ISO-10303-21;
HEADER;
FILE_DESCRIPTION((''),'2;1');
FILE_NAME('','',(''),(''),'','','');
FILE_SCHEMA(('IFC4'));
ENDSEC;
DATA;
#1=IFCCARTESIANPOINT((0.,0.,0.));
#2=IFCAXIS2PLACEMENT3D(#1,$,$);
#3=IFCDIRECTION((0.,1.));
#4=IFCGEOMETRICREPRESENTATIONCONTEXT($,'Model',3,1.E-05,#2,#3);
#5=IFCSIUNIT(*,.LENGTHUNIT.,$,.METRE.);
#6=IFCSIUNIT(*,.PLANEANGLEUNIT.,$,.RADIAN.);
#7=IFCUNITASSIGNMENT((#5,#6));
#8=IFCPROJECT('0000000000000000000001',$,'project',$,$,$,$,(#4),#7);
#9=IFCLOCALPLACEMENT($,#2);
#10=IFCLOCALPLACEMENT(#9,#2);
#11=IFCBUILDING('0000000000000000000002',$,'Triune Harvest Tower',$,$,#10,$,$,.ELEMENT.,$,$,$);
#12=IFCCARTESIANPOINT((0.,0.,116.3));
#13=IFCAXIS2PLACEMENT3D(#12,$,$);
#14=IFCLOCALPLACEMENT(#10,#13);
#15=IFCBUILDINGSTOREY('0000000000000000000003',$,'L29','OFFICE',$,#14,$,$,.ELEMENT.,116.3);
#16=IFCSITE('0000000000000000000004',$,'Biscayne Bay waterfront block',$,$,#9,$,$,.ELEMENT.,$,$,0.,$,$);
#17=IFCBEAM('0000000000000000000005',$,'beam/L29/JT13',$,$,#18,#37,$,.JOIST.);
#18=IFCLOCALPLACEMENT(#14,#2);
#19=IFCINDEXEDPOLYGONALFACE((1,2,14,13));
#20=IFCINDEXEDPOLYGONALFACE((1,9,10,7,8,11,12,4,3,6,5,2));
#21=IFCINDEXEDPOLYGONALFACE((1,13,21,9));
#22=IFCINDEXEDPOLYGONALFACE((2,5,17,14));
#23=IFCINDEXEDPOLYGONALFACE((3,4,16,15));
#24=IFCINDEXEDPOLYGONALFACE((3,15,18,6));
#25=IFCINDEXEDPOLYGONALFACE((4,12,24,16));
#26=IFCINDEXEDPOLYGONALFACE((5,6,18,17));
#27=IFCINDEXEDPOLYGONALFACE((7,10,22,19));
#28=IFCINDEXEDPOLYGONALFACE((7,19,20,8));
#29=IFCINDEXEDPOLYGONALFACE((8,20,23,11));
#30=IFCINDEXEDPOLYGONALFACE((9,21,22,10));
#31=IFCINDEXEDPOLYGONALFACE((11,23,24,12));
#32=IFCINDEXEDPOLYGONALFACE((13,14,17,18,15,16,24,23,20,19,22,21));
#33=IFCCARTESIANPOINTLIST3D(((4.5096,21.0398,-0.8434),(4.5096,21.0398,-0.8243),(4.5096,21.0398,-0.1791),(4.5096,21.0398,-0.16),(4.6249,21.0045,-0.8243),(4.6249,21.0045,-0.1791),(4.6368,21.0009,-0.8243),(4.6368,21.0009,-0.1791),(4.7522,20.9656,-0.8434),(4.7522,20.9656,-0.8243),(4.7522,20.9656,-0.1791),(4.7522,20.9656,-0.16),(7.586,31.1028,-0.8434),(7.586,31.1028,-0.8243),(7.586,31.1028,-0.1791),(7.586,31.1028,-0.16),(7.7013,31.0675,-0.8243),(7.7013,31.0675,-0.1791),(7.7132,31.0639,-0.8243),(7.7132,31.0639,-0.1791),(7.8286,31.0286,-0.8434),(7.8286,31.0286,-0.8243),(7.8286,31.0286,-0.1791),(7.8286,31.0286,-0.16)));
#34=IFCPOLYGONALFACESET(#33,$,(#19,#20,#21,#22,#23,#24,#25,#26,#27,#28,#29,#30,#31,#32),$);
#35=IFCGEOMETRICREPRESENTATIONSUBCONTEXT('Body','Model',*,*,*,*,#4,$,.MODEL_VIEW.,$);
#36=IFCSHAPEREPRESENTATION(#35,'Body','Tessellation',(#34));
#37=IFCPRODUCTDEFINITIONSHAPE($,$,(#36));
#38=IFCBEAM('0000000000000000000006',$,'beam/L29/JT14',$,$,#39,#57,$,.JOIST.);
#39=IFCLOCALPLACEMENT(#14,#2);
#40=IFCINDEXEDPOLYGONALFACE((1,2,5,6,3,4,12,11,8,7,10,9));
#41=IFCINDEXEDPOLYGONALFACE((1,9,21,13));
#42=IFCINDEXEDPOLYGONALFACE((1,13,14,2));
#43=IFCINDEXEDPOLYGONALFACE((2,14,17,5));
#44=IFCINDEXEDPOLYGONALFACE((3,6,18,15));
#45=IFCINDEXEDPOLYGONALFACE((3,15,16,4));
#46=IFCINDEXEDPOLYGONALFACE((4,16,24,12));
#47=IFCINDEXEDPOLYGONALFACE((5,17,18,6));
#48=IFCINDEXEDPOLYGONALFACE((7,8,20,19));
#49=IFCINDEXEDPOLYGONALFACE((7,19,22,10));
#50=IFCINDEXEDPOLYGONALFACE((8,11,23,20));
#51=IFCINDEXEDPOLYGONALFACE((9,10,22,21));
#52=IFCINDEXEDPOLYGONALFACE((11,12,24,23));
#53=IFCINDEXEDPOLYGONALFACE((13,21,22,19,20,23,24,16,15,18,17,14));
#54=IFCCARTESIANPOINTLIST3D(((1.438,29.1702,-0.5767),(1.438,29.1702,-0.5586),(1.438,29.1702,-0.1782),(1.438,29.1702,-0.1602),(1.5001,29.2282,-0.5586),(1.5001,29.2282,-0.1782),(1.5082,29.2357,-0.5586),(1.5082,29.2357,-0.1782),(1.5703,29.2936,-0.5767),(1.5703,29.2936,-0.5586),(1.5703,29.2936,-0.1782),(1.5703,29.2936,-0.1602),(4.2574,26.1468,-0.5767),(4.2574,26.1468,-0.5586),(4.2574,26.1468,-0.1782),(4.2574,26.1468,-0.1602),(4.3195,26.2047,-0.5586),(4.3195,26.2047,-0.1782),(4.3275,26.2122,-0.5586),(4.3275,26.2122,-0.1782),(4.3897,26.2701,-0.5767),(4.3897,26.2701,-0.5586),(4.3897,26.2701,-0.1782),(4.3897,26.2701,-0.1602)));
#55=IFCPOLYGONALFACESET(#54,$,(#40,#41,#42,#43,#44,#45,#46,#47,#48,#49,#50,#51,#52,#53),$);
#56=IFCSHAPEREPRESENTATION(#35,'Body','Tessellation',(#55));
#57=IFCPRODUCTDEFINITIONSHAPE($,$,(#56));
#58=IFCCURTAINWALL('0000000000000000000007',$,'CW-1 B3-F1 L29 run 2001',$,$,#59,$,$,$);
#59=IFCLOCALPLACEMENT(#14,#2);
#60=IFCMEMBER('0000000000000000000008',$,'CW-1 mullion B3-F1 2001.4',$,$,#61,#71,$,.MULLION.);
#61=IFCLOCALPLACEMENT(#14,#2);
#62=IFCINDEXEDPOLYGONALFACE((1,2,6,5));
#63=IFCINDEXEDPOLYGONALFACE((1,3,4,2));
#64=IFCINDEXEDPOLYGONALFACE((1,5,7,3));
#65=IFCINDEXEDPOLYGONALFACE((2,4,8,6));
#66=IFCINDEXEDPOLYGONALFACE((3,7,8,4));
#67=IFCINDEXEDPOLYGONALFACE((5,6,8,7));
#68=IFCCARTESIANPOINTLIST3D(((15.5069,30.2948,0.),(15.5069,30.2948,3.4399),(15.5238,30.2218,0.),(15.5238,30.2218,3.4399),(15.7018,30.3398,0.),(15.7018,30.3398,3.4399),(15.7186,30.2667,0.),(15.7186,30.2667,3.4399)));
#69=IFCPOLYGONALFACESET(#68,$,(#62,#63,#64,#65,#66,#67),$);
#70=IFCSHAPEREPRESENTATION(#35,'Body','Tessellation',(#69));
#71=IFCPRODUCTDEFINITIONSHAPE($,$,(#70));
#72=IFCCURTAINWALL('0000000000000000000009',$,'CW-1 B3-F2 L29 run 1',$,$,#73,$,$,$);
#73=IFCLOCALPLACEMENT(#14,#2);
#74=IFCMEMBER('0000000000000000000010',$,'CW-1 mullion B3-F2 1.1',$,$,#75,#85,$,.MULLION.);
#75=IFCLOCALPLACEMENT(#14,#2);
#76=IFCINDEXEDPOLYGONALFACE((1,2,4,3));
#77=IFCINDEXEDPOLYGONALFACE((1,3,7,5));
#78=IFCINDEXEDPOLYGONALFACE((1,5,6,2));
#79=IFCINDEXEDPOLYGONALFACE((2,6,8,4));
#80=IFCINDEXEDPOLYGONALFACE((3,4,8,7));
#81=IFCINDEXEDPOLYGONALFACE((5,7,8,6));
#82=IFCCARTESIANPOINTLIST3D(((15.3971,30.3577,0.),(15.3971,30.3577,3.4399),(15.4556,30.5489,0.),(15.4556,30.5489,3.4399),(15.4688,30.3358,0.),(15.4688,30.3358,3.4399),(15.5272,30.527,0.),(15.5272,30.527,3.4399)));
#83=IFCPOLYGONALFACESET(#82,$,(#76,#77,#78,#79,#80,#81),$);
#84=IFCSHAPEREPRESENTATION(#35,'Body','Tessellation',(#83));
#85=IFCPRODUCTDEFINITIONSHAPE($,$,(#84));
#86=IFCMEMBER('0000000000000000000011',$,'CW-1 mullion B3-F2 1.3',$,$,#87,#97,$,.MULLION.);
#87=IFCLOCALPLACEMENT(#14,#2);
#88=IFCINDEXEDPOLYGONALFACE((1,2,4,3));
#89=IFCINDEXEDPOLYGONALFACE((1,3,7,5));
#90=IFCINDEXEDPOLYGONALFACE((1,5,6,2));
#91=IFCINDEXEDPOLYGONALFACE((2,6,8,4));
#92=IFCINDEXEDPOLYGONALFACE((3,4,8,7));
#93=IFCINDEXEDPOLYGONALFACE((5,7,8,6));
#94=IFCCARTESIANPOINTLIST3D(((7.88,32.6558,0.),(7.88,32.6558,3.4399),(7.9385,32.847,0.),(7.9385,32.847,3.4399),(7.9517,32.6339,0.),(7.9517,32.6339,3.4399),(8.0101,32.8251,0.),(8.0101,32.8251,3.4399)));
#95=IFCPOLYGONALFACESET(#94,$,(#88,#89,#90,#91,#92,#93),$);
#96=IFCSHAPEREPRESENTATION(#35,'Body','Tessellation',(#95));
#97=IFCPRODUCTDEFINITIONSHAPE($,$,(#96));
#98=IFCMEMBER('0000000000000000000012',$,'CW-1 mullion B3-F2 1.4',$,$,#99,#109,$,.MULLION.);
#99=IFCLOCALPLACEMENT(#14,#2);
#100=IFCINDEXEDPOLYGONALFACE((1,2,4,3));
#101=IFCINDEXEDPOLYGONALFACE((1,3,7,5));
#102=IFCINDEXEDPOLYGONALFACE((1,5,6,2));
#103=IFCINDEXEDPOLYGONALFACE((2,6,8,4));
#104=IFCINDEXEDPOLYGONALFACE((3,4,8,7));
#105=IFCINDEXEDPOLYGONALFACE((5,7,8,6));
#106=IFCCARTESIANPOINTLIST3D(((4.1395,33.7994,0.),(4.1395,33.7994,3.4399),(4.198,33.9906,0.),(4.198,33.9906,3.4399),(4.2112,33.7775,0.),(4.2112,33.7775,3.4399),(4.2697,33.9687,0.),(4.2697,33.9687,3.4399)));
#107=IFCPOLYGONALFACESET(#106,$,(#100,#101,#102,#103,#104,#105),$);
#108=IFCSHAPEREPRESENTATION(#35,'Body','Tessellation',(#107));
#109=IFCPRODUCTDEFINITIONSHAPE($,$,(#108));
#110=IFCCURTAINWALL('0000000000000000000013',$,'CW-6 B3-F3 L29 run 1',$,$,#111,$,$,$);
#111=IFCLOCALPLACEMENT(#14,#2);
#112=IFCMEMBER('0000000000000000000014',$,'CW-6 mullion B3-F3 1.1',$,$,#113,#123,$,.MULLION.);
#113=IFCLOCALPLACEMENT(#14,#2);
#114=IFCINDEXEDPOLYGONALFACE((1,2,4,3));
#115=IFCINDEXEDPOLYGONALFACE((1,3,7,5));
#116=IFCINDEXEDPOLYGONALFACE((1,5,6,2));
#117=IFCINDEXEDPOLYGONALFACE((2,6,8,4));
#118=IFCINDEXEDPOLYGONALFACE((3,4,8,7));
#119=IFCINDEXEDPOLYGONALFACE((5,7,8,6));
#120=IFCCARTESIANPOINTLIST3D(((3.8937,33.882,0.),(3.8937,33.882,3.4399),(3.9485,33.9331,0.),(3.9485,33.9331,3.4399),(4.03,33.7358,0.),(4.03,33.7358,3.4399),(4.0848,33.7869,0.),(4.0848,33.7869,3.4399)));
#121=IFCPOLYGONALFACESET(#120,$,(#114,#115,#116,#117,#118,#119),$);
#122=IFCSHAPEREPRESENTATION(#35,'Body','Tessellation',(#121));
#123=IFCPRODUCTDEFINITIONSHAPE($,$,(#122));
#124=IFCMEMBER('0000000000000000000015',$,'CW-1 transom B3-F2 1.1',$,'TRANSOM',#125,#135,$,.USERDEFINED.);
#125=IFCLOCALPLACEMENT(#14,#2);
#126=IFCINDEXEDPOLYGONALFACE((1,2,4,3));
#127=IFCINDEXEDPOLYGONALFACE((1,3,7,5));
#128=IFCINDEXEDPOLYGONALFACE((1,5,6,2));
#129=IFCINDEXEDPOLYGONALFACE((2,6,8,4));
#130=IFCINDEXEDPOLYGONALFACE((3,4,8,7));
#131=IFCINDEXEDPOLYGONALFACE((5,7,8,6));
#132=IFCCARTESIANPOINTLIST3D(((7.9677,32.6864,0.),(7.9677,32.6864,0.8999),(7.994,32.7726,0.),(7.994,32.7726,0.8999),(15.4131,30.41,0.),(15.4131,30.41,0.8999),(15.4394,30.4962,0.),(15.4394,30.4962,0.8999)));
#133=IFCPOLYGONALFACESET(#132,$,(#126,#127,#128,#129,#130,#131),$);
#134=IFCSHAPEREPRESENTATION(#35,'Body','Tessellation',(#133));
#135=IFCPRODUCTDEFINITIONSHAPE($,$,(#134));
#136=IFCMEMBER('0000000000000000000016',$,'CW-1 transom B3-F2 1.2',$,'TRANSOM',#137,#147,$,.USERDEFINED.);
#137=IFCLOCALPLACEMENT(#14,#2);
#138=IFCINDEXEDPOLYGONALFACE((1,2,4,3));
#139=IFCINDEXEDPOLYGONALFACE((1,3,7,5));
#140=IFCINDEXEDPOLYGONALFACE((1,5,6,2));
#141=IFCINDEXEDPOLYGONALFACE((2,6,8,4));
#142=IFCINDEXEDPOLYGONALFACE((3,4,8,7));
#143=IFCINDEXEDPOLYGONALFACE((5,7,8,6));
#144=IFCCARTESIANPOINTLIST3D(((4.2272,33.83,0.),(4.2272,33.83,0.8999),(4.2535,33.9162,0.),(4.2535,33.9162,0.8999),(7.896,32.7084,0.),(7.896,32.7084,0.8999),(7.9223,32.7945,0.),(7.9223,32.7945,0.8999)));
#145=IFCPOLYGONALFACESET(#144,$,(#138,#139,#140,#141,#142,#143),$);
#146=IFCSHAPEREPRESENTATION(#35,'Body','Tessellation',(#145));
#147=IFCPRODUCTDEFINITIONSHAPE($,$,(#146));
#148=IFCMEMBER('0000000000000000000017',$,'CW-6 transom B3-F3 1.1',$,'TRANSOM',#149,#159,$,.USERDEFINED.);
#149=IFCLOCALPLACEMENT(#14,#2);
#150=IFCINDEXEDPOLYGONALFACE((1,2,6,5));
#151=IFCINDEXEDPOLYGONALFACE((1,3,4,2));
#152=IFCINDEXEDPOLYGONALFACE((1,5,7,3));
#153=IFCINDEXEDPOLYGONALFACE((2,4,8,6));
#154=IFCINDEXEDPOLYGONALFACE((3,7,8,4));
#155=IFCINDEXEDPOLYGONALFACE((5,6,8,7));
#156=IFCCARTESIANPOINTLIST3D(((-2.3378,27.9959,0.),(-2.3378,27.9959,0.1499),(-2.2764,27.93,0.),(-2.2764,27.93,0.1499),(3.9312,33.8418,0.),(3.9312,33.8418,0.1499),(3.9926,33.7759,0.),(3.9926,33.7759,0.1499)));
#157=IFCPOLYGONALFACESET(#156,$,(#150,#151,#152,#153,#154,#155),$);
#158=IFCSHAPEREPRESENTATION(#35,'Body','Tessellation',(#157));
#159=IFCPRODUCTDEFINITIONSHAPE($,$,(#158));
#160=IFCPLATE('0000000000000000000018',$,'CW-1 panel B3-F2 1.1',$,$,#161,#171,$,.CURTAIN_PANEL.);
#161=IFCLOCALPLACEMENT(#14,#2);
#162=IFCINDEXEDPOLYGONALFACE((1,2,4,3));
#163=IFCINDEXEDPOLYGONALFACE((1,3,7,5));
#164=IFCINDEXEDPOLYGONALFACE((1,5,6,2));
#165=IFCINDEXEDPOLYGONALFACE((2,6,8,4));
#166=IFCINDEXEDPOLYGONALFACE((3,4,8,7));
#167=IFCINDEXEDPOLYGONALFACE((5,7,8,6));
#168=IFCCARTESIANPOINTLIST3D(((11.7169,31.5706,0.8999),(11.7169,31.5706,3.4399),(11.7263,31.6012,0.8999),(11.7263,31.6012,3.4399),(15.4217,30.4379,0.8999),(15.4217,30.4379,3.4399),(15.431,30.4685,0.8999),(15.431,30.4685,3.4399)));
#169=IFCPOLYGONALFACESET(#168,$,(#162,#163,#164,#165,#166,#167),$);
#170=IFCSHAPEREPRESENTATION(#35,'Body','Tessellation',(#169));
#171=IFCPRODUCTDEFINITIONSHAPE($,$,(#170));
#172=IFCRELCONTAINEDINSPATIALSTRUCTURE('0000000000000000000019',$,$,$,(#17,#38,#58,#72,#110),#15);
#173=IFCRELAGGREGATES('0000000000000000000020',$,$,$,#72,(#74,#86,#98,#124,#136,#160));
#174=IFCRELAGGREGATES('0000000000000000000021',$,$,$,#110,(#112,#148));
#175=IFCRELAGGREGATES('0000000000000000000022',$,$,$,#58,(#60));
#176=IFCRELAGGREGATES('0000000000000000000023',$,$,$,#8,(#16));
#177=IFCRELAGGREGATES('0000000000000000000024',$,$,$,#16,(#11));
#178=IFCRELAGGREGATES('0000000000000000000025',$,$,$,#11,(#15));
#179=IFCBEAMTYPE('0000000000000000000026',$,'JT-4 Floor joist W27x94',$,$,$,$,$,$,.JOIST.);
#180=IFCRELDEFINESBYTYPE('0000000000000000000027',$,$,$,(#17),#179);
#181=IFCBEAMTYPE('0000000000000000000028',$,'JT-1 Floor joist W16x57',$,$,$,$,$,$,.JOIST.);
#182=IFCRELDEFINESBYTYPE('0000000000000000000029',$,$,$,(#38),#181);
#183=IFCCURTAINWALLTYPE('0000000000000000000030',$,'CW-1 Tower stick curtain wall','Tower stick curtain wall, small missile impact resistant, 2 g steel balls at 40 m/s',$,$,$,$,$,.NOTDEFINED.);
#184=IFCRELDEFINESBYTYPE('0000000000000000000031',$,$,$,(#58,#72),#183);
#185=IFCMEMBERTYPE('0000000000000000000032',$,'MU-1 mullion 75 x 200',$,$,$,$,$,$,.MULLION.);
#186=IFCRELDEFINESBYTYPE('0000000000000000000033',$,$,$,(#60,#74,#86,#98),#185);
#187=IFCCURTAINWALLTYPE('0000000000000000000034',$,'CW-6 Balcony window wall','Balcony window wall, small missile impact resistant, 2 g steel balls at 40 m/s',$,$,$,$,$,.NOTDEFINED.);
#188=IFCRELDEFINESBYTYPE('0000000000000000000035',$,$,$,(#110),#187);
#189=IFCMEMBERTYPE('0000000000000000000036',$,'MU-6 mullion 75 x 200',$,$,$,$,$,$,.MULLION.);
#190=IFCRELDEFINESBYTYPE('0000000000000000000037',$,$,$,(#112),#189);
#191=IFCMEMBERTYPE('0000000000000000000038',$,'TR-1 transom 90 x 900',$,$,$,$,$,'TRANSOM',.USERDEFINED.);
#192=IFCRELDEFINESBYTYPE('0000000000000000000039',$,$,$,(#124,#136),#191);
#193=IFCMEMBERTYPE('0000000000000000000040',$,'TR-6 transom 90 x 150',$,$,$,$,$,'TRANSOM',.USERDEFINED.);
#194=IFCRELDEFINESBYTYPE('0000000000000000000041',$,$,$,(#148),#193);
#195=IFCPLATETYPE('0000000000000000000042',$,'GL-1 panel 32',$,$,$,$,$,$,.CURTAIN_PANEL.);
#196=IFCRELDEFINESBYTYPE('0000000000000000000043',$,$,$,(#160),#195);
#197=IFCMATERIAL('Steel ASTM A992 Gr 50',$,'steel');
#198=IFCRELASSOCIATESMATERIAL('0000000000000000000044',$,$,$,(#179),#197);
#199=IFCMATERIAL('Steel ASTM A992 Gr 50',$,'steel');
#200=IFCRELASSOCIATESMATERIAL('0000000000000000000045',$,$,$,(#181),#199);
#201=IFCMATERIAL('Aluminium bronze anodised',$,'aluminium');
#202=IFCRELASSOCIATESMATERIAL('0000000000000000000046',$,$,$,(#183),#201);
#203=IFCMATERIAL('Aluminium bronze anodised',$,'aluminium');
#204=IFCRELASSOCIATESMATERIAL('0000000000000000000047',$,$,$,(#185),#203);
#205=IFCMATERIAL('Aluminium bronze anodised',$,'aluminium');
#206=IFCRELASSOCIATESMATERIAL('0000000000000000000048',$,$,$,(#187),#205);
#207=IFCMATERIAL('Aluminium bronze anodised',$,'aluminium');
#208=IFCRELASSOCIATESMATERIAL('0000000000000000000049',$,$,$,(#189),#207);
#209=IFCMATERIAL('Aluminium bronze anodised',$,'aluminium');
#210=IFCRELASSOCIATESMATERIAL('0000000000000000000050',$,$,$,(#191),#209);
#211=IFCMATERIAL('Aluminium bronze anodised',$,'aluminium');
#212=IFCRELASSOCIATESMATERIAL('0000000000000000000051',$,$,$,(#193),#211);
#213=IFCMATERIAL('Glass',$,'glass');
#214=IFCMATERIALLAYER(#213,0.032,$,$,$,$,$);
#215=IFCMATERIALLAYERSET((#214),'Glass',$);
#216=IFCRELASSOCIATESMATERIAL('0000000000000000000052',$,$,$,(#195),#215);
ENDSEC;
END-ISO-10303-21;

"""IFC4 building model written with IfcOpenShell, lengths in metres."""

from ifc_helpers import new_model, si_unit, direction, frame, origin, origin_2d, place, context, subcontext, project, spatial, rectangle, i_section, extrude, source, transform, mapped, material, layer, layer_set, material_profile, profile_set, type_object, element, aggregate, save


model = new_model("IFC4")

# Units and contexts
model_context = context("Model", 3, precision=1e-05, world=origin(), true_north=direction((0.0, 1.0)))
body_context = subcontext(model_context, "Body", "Model", "MODEL_VIEW")
ifc_project = project(units=[si_unit("LENGTHUNIT", "METRE"), si_unit("PLANEANGLEUNIT", "RADIAN")], contexts=[model_context])

# Site, building, storey
site_placement = place(None, origin())
site = spatial("IfcSite", under=ifc_project, at=site_placement, Name="Biscayne Bay waterfront block", CompositionType="ELEMENT", RefElevation=0.0)
building_placement = place(site_placement, origin())
building = spatial("IfcBuilding", under=site, at=building_placement, Name="Triune Harvest Tower", CompositionType="ELEMENT")
storey_placement = place(building_placement, frame((0.0, 0.0, 116.3)))
storey = spatial("IfcBuildingStorey", under=building, at=storey_placement, Name="L29", Description="OFFICE", CompositionType="ELEMENT", Elevation=116.3)

# Beams
ifc_material_1 = material(Name="Steel ASTM A992 Gr 50", Category="steel")
ifc_material_profile_1 = material_profile(ifc_material_1, i_section(OverallWidth=0.2537, OverallDepth=0.6833, WebThickness=0.0125, FlangeThickness=0.019, at=origin_2d()), Name="W27x94")
ifc_profile_set_1 = profile_set([ifc_material_profile_1], Name="Steel ASTM A992 Gr 50")
beam_type_1 = type_object("IfcBeamType", Name="JT-4 Floor joist W27x94", PredefinedType="JOIST", material=ifc_profile_set_1)
shared_shape_1 = source(origin(), body_context, "Body", "SweptSolid", [
    extrude(i_section(OverallWidth=0.2537, OverallDepth=0.6833, WebThickness=0.0125, FlangeThickness=0.019, at=origin_2d()), origin(), (0.0, 0.0, 1.0), 10.5227),
])
beam_1_placement = place(storey_placement, frame((7.7073, 31.0657, -0.5017), z_axis=(-0.292359, -0.956309, 0.0), x_axis=(0.956309, -0.292359, 0.0)))
element("IfcBeam", 1, at=beam_1_placement, inside=storey, type_object=beam_type_1, Name="beam/L29/JT13", PredefinedType="JOIST", context=body_context, shape_type="MappedRepresentation", body=[
    mapped(shared_shape_1, transform((0.0, 0.0, 0.0), scale=1.0)),
])
ifc_material_2 = material(Name="Steel ASTM A992 Gr 50", Category="steel")
ifc_material_profile_2 = material_profile(ifc_material_2, i_section(OverallWidth=0.1809, OverallDepth=0.4165, WebThickness=0.011, FlangeThickness=0.0181, at=origin_2d()), Name="W16x57")
ifc_profile_set_2 = profile_set([ifc_material_profile_2], Name="Steel ASTM A992 Gr 50")
beam_type_2 = type_object("IfcBeamType", Name="JT-1 Floor joist W16x57", PredefinedType="JOIST", material=ifc_profile_set_2)
shared_shape_2 = source(origin(), body_context, "Body", "SweptSolid", [
    extrude(i_section(OverallWidth=0.1809, OverallDepth=0.4165, WebThickness=0.011, FlangeThickness=0.0181, at=origin_2d()), origin(), (0.0, 0.0, 1.0), 4.134),
])
beam_2_placement = place(storey_placement, frame((1.5042, 29.2319, -0.3684), z_axis=(0.68199, -0.731362, 0.0), x_axis=(0.731362, 0.68199, 0.0)))
element("IfcBeam", 2, at=beam_2_placement, inside=storey, type_object=beam_type_2, Name="beam/L29/JT14", PredefinedType="JOIST", context=body_context, shape_type="MappedRepresentation", body=[
    mapped(shared_shape_2, transform((0.0, 0.0, 0.0), scale=1.0)),
])

# Curtain wall, member
ifc_material_3 = material(Name="Aluminium bronze anodised", Category="aluminium")
curtain_wall_type_1 = type_object("IfcCurtainWallType", Name="CW-1 Tower stick curtain wall", Description="Tower stick curtain wall, small missile impact resistant, 2 g steel balls at 40 m/s", PredefinedType="NOTDEFINED", material=ifc_material_3)
curtain_wall_1_placement = place(storey_placement, origin())
curtain_wall_1 = element("IfcCurtainWall", 3, at=curtain_wall_1_placement, inside=storey, type_object=curtain_wall_type_1, Name="CW-1 B3-F1 L29 run 2001")
ifc_material_4 = material(Name="Aluminium bronze anodised", Category="aluminium")
ifc_material_profile_3 = material_profile(ifc_material_4, rectangle(XDim=0.2, YDim=0.075, at=origin_2d()), Name="MU-1 mullion 75 x 200")
ifc_profile_set_3 = profile_set([ifc_material_profile_3], Name="Aluminium bronze anodised")
member_type_1 = type_object("IfcMemberType", Name="MU-1 mullion 75 x 200", PredefinedType="MULLION", material=ifc_profile_set_3)
shared_shape_3 = source(origin(), body_context, "Body", "SweptSolid", [
    extrude(rectangle(XDim=0.2, YDim=0.075, at=origin_2d()), origin(), (0.0, 0.0, 1.0), 3.4399),
])
member_1_placement = place(storey_placement, frame((15.6128, 30.2808, 0.0), z_axis=(0.0, 0.0, 1.0), x_axis=(-0.97437, -0.224951, 0.0)))
member_1 = element("IfcMember", 4, at=member_1_placement, type_object=member_type_1, Name="CW-1 mullion B3-F1 2001.4", PredefinedType="MULLION", context=body_context, shape_type="MappedRepresentation", body=[
    mapped(shared_shape_3, transform((0.0, 0.0, 0.0), scale=1.0)),
])

# Curtain wall, members
curtain_wall_2_placement = place(storey_placement, origin())
curtain_wall_2 = element("IfcCurtainWall", 5, at=curtain_wall_2_placement, inside=storey, type_object=curtain_wall_type_1, Name="CW-1 B3-F2 L29 run 1")
member_2_placement = place(storey_placement, frame((15.4622, 30.4424, 0.0), z_axis=(0.0, 0.0, 1.0), x_axis=(-0.292377, -0.956303, 0.0)))
member_2 = element("IfcMember", 6, at=member_2_placement, type_object=member_type_1, Name="CW-1 mullion B3-F2 1.1", PredefinedType="MULLION", context=body_context, shape_type="MappedRepresentation", body=[
    mapped(shared_shape_3, transform((0.0, 0.0, 0.0), scale=1.0)),
])
member_3_placement = place(storey_placement, frame((7.9451, 32.7405, 0.0), z_axis=(0.0, 0.0, 1.0), x_axis=(-0.292377, -0.956303, 0.0)))
member_3 = element("IfcMember", 7, at=member_3_placement, type_object=member_type_1, Name="CW-1 mullion B3-F2 1.3", PredefinedType="MULLION", context=body_context, shape_type="MappedRepresentation", body=[
    mapped(shared_shape_3, transform((0.0, 0.0, 0.0), scale=1.0)),
])
member_4_placement = place(storey_placement, frame((4.2046, 33.884, 0.0), z_axis=(0.0, 0.0, 1.0), x_axis=(-0.292377, -0.956303, 0.0)))
member_4 = element("IfcMember", 8, at=member_4_placement, type_object=member_type_1, Name="CW-1 mullion B3-F2 1.4", PredefinedType="MULLION", context=body_context, shape_type="MappedRepresentation", body=[
    mapped(shared_shape_3, transform((0.0, 0.0, 0.0), scale=1.0)),
])

# Curtain wall, member
ifc_material_5 = material(Name="Aluminium bronze anodised", Category="aluminium")
curtain_wall_type_2 = type_object("IfcCurtainWallType", Name="CW-6 Balcony window wall", Description="Balcony window wall, small missile impact resistant, 2 g steel balls at 40 m/s", PredefinedType="NOTDEFINED", material=ifc_material_5)
curtain_wall_3_placement = place(storey_placement, origin())
curtain_wall_3 = element("IfcCurtainWall", 9, at=curtain_wall_3_placement, inside=storey, type_object=curtain_wall_type_2, Name="CW-6 B3-F3 L29 run 1")
ifc_material_6 = material(Name="Aluminium bronze anodised", Category="aluminium")
ifc_material_profile_4 = material_profile(ifc_material_6, rectangle(XDim=0.2, YDim=0.075, at=origin_2d()), Name="MU-6 mullion 75 x 200")
ifc_profile_set_4 = profile_set([ifc_material_profile_4], Name="Aluminium bronze anodised")
member_type_2 = type_object("IfcMemberType", Name="MU-6 mullion 75 x 200", PredefinedType="MULLION", material=ifc_profile_set_4)
shared_shape_4 = source(origin(), body_context, "Body", "SweptSolid", [
    extrude(rectangle(XDim=0.2, YDim=0.075, at=origin_2d()), origin(), (0.0, 0.0, 1.0), 3.4399),
])
member_5_placement = place(storey_placement, frame((3.9893, 33.8345, 0.0), z_axis=(0.0, 0.0, 1.0), x_axis=(0.681997, -0.731355, 0.0)))
member_5 = element("IfcMember", 10, at=member_5_placement, type_object=member_type_2, Name="CW-6 mullion B3-F3 1.1", PredefinedType="MULLION", context=body_context, shape_type="MappedRepresentation", body=[
    mapped(shared_shape_4, transform((0.0, 0.0, 0.0), scale=1.0)),
])

# Members
ifc_material_7 = material(Name="Aluminium bronze anodised", Category="aluminium")
ifc_material_profile_5 = material_profile(ifc_material_7, rectangle(XDim=0.0901, YDim=0.8999, at=origin_2d()), Name="TR-1 transom 90 x 900")
ifc_profile_set_5 = profile_set([ifc_material_profile_5], Name="Aluminium bronze anodised")
member_type_3 = type_object("IfcMemberType", Name="TR-1 transom 90 x 900", ElementType="TRANSOM", PredefinedType="USERDEFINED", material=ifc_profile_set_5)
shared_shape_5 = source(origin(), body_context, "Body", "SweptSolid", [
    extrude(rectangle(XDim=0.0901, YDim=0.8999, at=origin_2d()), origin(), (0.0, 0.0, 1.0), 7.7856),
])
member_6_placement = place(storey_placement, frame((15.4263, 30.4531, 0.45), z_axis=(-0.956301, 0.292384, 0.0), x_axis=(-0.292384, -0.956301, 0.0)))
member_6 = element("IfcMember", 11, at=member_6_placement, type_object=member_type_3, Name="CW-1 transom B3-F2 1.1", ObjectType="TRANSOM", PredefinedType="USERDEFINED", context=body_context, shape_type="MappedRepresentation", body=[
    mapped(shared_shape_5, transform((0.0, 0.0, 0.0), scale=1.0)),
])
shared_shape_6 = source(origin(), body_context, "Body", "SweptSolid", [
    extrude(rectangle(XDim=0.0901, YDim=0.8999, at=origin_2d()), origin(), (0.0, 0.0, 1.0), 3.8364),
])
member_7_placement = place(storey_placement, frame((7.9092, 32.7515, 0.45), z_axis=(-0.956309, 0.292359, 0.0), x_axis=(-0.292359, -0.956309, 0.0)))
member_7 = element("IfcMember", 12, at=member_7_placement, type_object=member_type_3, Name="CW-1 transom B3-F2 1.2", ObjectType="TRANSOM", PredefinedType="USERDEFINED", context=body_context, shape_type="MappedRepresentation", body=[
    mapped(shared_shape_6, transform((0.0, 0.0, 0.0), scale=1.0)),
])
ifc_material_8 = material(Name="Aluminium bronze anodised", Category="aluminium")
ifc_material_profile_6 = material_profile(ifc_material_8, rectangle(XDim=0.0901, YDim=0.1499, at=origin_2d()), Name="TR-6 transom 90 x 150")
ifc_profile_set_6 = profile_set([ifc_material_profile_6], Name="Aluminium bronze anodised")
member_type_4 = type_object("IfcMemberType", Name="TR-6 transom 90 x 150", ElementType="TRANSOM", PredefinedType="USERDEFINED", material=ifc_profile_set_6)
shared_shape_7 = source(origin(), body_context, "Body", "SweptSolid", [
    extrude(rectangle(XDim=0.0901, YDim=0.1499, at=origin_2d()), origin(), (0.0, 0.0, 1.0), 8.5718),
])
member_8_placement = place(storey_placement, frame((3.9619, 33.8088, 0.075), z_axis=(-0.731355, -0.681996, 0.0), x_axis=(0.681996, -0.731355, 0.0)))
member_8 = element("IfcMember", 13, at=member_8_placement, type_object=member_type_4, Name="CW-6 transom B3-F3 1.1", ObjectType="TRANSOM", PredefinedType="USERDEFINED", context=body_context, shape_type="MappedRepresentation", body=[
    mapped(shared_shape_7, transform((0.0, 0.0, 0.0), scale=1.0)),
])

# Plate
ifc_material_9 = material(Name="Glass", Category="glass")
ifc_layer_1 = layer(ifc_material_9, 0.032)
ifc_layer_set_1 = layer_set([ifc_layer_1], Name="Glass")
plate_type_1 = type_object("IfcPlateType", Name="GL-1 panel 32", PredefinedType="CURTAIN_PANEL", material=ifc_layer_set_1)
shared_shape_8 = source(origin(), body_context, "Body", "SweptSolid", [
    extrude(rectangle(XDim=3.874, YDim=0.032, at=origin_2d()), origin(), (0.0, 0.0, 1.0), 2.54),
])
plate_1_placement = place(storey_placement, frame((13.574, 31.0195, 0.8999), z_axis=(0.0, 0.0, 1.0), x_axis=(-0.956303, 0.292377, 0.0)))
plate_1 = element("IfcPlate", 14, at=plate_1_placement, type_object=plate_type_1, Name="CW-1 panel B3-F2 1.1", PredefinedType="CURTAIN_PANEL", context=body_context, shape_type="MappedRepresentation", body=[
    mapped(shared_shape_8, transform((0.0, 0.0, 0.0), scale=1.0)),
])
aggregate(curtain_wall_2, [member_2, member_3, member_4, member_6, member_7, plate_1])
aggregate(curtain_wall_3, [member_5, member_8])
aggregate(curtain_wall_1, [member_1])

save(model, "model.ifc")
